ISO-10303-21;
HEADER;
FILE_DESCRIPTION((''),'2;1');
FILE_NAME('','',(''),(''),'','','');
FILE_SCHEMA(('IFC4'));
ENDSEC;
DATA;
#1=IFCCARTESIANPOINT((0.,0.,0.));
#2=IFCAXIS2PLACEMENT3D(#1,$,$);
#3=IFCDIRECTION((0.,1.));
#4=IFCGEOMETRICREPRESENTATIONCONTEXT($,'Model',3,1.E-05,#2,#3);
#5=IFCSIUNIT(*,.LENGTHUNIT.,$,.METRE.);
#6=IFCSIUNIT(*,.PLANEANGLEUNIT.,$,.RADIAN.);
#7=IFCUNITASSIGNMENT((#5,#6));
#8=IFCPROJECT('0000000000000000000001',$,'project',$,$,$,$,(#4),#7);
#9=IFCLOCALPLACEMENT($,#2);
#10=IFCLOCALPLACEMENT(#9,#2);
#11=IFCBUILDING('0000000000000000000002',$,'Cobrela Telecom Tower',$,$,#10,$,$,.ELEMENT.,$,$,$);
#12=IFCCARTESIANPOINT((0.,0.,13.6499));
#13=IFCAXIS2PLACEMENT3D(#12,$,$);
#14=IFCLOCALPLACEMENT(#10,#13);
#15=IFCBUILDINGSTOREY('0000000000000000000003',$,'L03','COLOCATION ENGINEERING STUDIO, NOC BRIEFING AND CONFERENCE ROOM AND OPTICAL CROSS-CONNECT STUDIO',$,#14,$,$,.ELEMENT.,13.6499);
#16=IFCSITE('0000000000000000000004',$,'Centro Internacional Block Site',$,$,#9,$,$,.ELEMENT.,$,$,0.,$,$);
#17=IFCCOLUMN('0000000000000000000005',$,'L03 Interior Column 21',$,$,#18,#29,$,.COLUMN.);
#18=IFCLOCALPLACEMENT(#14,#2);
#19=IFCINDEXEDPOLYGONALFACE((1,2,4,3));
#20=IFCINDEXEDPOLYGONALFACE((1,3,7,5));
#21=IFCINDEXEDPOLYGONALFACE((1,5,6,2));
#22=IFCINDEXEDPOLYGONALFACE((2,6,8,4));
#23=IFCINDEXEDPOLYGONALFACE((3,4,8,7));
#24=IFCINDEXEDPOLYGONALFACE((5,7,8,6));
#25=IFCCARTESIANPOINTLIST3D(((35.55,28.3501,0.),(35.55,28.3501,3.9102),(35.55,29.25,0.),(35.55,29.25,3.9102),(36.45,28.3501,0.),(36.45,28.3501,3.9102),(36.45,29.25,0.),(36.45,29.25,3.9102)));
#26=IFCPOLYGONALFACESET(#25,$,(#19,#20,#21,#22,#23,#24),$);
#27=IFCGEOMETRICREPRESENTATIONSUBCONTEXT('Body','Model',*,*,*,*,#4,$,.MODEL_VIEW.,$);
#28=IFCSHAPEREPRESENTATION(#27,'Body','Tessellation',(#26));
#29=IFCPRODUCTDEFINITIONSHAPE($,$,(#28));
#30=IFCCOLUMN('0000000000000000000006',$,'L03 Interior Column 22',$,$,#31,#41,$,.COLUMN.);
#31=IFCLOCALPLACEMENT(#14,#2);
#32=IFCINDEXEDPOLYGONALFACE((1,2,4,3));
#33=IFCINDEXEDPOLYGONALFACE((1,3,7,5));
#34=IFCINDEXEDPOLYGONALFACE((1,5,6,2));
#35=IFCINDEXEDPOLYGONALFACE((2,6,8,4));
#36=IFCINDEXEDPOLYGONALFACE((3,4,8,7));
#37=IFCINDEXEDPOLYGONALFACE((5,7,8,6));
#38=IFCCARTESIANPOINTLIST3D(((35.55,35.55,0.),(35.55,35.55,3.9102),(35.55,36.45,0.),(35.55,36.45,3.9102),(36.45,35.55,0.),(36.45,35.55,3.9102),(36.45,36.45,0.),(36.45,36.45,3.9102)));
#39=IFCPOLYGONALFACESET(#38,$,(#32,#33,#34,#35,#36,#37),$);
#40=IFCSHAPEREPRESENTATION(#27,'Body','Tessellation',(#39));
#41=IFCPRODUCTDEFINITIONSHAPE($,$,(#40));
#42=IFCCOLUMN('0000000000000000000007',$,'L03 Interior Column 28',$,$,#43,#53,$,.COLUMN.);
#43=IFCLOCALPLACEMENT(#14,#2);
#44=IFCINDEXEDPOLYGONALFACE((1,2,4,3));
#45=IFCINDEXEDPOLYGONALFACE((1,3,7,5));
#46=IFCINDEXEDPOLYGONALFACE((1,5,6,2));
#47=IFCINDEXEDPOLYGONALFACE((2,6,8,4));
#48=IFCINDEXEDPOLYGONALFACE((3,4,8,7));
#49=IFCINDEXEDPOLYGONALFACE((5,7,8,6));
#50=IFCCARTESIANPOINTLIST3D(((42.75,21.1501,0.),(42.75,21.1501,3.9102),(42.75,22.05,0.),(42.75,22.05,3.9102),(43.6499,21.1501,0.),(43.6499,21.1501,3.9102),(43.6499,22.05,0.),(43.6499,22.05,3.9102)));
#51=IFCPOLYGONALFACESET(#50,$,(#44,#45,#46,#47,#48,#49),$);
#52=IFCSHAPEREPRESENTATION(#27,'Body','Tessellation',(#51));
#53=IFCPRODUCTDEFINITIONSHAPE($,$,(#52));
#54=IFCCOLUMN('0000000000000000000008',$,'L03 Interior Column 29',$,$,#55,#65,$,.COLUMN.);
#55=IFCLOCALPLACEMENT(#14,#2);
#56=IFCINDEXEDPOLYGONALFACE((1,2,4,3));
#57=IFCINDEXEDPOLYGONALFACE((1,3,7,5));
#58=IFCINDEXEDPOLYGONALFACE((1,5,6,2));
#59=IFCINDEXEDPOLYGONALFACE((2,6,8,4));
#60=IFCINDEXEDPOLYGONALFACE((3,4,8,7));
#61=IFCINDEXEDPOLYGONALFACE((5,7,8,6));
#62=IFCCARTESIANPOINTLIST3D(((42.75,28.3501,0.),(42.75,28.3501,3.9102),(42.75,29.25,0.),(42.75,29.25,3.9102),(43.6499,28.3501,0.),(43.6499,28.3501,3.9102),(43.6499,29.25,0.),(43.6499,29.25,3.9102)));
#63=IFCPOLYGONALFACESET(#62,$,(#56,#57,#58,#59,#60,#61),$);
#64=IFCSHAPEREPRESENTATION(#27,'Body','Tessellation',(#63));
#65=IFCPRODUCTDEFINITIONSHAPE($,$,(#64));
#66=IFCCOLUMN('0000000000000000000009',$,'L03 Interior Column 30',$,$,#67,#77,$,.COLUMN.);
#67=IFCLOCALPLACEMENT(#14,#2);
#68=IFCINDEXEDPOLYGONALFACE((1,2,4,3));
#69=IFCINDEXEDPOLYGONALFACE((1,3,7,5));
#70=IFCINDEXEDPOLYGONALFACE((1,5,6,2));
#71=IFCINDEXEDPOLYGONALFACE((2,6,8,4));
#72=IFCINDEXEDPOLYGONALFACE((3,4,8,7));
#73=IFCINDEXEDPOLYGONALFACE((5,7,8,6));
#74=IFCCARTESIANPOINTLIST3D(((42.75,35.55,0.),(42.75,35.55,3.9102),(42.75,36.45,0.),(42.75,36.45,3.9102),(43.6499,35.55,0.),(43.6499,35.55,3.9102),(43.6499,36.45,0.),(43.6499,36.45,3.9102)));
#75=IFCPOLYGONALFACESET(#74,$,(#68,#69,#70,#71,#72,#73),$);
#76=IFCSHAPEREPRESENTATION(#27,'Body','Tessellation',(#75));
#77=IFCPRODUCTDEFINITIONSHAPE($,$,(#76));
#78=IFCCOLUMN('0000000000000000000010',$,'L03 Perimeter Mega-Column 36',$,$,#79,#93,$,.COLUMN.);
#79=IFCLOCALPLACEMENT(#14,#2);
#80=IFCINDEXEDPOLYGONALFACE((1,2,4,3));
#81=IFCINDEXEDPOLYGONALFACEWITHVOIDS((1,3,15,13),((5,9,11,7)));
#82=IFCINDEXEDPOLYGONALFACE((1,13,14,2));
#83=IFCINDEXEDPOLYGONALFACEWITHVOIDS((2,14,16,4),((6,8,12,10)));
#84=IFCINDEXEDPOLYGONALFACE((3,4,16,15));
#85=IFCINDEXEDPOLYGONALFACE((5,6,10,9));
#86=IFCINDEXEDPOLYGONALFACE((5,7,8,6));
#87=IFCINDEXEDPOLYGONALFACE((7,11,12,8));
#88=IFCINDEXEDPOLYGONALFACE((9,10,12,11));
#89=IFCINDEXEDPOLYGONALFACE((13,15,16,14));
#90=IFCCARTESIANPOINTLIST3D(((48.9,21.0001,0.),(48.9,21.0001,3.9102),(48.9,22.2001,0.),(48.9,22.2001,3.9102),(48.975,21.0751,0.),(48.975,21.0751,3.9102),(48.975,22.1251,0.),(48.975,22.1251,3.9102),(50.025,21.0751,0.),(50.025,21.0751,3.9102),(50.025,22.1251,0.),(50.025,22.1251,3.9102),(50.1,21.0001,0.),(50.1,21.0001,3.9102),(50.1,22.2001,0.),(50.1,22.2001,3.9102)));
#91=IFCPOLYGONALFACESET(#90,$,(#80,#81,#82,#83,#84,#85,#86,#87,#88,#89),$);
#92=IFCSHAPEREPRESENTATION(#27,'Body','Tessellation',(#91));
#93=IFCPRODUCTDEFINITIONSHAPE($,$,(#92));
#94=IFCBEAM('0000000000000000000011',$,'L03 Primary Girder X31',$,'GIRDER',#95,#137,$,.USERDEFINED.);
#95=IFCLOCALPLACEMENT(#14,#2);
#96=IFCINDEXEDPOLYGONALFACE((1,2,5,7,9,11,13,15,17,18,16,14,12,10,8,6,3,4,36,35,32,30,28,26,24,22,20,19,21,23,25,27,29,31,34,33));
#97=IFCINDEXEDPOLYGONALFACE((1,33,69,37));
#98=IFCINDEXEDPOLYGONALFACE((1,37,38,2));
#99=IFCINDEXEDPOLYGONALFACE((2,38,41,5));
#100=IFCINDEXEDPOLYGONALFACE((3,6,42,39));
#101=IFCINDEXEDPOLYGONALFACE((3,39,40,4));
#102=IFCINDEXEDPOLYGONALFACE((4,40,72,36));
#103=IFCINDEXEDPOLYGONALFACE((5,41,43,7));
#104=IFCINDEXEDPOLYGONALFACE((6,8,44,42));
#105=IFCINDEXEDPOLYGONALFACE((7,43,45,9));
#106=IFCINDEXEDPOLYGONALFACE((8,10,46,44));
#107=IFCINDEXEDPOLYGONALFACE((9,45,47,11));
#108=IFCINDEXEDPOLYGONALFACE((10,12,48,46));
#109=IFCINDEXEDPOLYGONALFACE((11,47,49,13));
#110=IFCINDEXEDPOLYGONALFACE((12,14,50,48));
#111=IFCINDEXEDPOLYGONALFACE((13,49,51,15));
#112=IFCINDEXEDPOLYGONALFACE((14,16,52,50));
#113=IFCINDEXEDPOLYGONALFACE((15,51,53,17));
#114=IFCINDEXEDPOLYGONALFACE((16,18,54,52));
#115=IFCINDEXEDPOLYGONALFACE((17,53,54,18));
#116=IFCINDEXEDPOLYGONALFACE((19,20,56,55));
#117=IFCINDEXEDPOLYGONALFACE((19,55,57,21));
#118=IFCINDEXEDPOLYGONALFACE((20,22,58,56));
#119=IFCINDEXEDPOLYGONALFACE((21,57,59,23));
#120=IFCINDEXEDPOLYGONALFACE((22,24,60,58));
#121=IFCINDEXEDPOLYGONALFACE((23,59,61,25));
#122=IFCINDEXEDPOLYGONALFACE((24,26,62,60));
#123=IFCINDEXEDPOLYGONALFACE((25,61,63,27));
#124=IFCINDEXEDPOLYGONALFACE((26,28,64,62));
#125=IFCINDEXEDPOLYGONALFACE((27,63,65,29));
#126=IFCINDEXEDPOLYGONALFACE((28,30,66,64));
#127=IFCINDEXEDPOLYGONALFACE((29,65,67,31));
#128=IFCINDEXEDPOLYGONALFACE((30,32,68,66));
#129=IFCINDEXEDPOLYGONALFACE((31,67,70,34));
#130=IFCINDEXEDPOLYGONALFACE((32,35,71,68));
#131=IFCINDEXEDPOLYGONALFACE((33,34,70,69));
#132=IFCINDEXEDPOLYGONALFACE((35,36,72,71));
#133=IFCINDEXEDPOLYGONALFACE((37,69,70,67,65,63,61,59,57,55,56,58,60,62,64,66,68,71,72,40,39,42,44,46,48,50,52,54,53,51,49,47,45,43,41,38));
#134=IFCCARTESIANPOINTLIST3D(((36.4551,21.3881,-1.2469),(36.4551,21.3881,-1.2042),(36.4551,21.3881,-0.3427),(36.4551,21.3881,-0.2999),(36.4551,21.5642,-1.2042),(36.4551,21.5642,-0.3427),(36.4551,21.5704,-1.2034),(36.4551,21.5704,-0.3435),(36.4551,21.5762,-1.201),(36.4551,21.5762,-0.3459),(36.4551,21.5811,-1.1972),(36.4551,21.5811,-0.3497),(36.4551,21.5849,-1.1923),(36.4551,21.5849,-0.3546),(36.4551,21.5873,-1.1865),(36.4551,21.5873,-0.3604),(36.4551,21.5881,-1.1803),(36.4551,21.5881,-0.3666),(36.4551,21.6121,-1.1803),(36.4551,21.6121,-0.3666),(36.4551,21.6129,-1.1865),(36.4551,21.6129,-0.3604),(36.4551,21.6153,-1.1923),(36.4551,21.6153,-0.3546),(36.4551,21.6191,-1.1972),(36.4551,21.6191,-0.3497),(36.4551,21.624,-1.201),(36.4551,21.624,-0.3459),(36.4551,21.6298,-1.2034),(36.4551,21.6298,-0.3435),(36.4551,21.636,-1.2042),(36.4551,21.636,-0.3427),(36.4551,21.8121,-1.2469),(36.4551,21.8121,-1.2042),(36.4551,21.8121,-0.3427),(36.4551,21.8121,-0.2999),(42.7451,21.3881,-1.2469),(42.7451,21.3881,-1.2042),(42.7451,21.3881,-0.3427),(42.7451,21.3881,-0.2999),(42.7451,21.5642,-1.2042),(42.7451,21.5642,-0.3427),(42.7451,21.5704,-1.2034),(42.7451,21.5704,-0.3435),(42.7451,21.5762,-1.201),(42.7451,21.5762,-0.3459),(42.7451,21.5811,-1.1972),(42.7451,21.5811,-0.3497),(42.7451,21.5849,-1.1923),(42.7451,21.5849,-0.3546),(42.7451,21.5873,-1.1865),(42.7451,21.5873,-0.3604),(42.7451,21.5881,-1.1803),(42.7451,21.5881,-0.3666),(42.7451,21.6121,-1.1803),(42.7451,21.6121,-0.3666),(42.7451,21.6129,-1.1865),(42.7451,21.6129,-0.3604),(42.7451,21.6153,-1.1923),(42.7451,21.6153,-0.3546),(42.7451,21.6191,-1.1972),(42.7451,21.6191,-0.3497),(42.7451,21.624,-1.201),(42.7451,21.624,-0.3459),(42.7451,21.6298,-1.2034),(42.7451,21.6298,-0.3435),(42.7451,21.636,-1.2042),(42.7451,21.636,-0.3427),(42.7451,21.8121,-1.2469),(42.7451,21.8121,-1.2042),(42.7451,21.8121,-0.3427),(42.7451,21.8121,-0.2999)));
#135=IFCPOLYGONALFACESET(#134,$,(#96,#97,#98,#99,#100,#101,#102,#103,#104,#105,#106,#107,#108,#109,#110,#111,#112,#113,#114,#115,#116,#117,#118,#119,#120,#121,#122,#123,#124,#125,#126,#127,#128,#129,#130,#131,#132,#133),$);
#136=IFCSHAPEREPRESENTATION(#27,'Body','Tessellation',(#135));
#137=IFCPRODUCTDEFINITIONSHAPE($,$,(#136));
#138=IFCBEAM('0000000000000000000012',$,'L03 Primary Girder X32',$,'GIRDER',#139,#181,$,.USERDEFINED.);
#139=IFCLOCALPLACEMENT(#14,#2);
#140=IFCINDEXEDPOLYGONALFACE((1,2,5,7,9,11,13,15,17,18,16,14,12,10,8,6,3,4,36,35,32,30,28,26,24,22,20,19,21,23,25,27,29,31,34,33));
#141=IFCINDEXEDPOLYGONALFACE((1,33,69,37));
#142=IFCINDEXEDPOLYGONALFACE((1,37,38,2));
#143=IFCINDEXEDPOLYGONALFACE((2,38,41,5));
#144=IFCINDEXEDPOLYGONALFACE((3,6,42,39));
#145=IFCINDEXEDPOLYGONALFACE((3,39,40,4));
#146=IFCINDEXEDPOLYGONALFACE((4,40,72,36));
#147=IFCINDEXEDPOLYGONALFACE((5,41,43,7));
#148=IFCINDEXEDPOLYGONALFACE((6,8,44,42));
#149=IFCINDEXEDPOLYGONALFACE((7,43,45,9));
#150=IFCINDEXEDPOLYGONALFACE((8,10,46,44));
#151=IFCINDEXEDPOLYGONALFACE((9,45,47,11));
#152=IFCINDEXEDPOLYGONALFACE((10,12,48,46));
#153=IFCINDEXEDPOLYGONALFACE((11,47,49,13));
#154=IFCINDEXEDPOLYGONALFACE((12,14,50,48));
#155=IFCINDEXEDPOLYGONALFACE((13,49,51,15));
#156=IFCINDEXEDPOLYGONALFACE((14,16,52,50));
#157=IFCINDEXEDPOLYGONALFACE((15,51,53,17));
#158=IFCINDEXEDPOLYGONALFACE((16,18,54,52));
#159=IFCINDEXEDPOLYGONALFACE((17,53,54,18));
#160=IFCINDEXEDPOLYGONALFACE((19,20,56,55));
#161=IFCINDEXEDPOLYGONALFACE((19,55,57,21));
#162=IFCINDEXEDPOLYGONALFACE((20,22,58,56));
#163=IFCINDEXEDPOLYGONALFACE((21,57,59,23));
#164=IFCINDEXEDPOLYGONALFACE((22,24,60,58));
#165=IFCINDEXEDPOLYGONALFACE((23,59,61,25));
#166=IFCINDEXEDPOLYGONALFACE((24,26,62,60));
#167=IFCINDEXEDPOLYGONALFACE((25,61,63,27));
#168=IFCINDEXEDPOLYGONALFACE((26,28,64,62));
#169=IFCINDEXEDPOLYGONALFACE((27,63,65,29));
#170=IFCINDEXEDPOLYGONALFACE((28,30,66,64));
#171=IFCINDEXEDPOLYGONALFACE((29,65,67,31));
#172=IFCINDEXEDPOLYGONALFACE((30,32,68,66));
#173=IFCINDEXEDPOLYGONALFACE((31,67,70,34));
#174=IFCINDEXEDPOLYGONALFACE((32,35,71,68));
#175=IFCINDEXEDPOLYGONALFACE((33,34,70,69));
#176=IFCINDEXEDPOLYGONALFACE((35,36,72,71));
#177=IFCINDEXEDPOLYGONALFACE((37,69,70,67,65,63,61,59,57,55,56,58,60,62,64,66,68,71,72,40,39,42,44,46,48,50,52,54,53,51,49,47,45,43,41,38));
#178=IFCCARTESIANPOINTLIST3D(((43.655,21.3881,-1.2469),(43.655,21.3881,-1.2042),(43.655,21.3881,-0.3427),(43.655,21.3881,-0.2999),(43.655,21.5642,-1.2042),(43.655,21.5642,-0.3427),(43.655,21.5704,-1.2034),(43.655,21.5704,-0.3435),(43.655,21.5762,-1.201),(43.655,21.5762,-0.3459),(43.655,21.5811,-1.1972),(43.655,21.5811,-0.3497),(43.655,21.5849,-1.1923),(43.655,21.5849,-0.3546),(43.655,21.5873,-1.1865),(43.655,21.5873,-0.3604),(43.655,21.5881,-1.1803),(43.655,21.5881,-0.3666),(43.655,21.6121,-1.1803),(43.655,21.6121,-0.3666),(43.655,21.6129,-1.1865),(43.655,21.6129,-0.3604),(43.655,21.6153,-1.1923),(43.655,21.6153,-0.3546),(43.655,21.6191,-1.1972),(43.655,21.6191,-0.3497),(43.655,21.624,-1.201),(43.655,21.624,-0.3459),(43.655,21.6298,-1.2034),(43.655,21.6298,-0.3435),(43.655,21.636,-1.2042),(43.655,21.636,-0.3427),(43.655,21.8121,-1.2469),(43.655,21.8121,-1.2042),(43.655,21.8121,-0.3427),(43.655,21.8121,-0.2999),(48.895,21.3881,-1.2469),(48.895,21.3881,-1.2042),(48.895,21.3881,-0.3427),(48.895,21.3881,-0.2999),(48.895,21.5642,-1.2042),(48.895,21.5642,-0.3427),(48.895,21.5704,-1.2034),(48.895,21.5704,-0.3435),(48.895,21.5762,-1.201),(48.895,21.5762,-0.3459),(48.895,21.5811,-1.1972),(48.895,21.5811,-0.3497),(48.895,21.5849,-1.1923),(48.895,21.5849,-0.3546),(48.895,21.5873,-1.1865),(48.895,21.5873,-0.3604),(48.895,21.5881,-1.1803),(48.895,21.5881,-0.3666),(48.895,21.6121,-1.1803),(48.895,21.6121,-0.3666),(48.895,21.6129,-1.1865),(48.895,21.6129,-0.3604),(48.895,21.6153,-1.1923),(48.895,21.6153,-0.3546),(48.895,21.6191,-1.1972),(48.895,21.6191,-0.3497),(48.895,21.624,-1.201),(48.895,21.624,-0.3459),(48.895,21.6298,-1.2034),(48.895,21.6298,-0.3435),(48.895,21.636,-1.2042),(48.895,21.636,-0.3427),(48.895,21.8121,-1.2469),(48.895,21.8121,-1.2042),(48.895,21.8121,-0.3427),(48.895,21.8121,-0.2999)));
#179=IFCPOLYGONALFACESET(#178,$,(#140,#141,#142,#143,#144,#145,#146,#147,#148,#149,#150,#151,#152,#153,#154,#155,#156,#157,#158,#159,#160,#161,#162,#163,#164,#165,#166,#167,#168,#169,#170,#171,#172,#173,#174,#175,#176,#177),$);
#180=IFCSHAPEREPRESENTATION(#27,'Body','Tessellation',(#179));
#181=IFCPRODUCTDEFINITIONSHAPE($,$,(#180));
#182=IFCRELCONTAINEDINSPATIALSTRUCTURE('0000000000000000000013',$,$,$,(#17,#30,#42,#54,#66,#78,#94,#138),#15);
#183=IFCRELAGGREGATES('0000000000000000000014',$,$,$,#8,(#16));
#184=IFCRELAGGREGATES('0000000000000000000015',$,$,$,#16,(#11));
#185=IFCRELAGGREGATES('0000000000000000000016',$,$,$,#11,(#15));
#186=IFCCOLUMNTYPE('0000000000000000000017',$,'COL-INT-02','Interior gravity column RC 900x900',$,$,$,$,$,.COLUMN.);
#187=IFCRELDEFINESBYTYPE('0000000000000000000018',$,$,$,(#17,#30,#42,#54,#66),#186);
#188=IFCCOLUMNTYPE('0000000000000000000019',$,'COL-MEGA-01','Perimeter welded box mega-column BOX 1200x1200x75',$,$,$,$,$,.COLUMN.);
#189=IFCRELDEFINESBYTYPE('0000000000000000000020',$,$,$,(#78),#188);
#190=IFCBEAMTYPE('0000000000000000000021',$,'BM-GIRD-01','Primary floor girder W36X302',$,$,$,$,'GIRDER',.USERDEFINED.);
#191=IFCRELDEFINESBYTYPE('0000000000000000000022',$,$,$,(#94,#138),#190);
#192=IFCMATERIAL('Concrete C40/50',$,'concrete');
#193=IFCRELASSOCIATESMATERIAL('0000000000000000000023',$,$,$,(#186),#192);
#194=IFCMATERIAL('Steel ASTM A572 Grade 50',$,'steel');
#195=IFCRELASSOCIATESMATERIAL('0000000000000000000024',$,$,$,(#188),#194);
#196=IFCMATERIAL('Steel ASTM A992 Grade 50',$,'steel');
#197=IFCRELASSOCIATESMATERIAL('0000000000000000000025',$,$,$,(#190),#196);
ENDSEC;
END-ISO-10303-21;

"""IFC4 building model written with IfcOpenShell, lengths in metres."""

from ifc_helpers import new_model, si_unit, direction, frame, origin, origin_2d, place, context, subcontext, project, spatial, rectangle, hollow_rectangle, i_section, extrude, material, material_profile, profile_set, type_object, element, save


model = new_model("IFC4")

# Units and contexts
model_context = context("Model", 3, precision=1e-05, world=origin(), true_north=direction((0.0, 1.0)))
body_context = subcontext(model_context, "Body", "Model", "MODEL_VIEW")
ifc_project = project(units=[si_unit("LENGTHUNIT", "METRE"), si_unit("PLANEANGLEUNIT", "RADIAN")], contexts=[model_context])

# Site, building, storey
site_placement = place(None, origin())
site = spatial("IfcSite", under=ifc_project, at=site_placement, Name="Centro Internacional Block Site", CompositionType="ELEMENT", RefElevation=0.0)
building_placement = place(site_placement, origin())
building = spatial("IfcBuilding", under=site, at=building_placement, Name="Cobrela Telecom Tower", CompositionType="ELEMENT")
storey_placement = place(building_placement, frame((0.0, 0.0, 13.6499)))
storey = spatial("IfcBuildingStorey", under=building, at=storey_placement, Name="L03", Description="COLOCATION ENGINEERING STUDIO, NOC BRIEFING AND CONFERENCE ROOM AND OPTICAL CROSS-CONNECT STUDIO", CompositionType="ELEMENT", Elevation=13.6499)

# Columns
ifc_material_1 = material(Name="Concrete C40/50", Category="concrete")
ifc_material_profile_1 = material_profile(ifc_material_1, rectangle(XDim=0.8999, YDim=0.8999, at=origin_2d()), Name="RC 900x900")
ifc_profile_set_1 = profile_set([ifc_material_profile_1], Name="Concrete C40/50")
column_type_1 = type_object("IfcColumnType", Name="COL-INT-02", Description="Interior gravity column RC 900x900", PredefinedType="COLUMN", material=ifc_profile_set_1)
for number, where, z_axis, x_axis, name in (
    (1, (36.0, 28.8, 0.0), (0.0, 0.0, 1.0), (1.0, 0.0, 0.0), "L03 Interior Column 21"),
    (2, (36.0, 36.0, 0.0), (0.0, 0.0, 1.0), (1.0, 0.0, 0.0), "L03 Interior Column 22"),
    (3, (43.2, 21.6001, 0.0), (0.0, 0.0, 1.0), (1.0, 0.0, 0.0), "L03 Interior Column 28"),
    (4, (43.2, 28.8, 0.0), (0.0, 0.0, 1.0), (1.0, 0.0, 0.0), "L03 Interior Column 29"),
    (5, (43.2, 36.0, 0.0), (0.0, 0.0, 1.0), (1.0, 0.0, 0.0), "L03 Interior Column 30"),
):
    element("IfcColumn", number, at=place(storey_placement, frame(where, z_axis=z_axis, x_axis=x_axis)), inside=storey, type_object=column_type_1, Name=name, PredefinedType="COLUMN", context=body_context, shape_type="SweptSolid", body=[
        extrude(rectangle(XDim=0.8999, YDim=0.8999, at=origin_2d()), origin(), (0.0, 0.0, 1.0), 3.9102),
    ])
ifc_material_2 = material(Name="Steel ASTM A572 Grade 50", Category="steel")
ifc_material_profile_2 = material_profile(ifc_material_2, hollow_rectangle(XDim=1.2, YDim=1.2, WallThickness=0.075, at=origin_2d()), Name="BOX 1200x1200x75")
ifc_profile_set_2 = profile_set([ifc_material_profile_2], Name="Steel ASTM A572 Grade 50")
column_type_2 = type_object("IfcColumnType", Name="COL-MEGA-01", Description="Perimeter welded box mega-column BOX 1200x1200x75", PredefinedType="COLUMN", material=ifc_profile_set_2)
column_placement = place(storey_placement, frame((49.5, 21.6001, 0.0), z_axis=(0.0, 0.0, 1.0), x_axis=(1.0, 0.0, 0.0)))
element("IfcColumn", 6, at=column_placement, inside=storey, type_object=column_type_2, Name="L03 Perimeter Mega-Column 36", PredefinedType="COLUMN", context=body_context, shape_type="SweptSolid", body=[
    extrude(hollow_rectangle(XDim=1.2, YDim=1.2, WallThickness=0.075, at=origin_2d()), origin(), (0.0, 0.0, 1.0), 3.9102),
])

# Beams
ifc_material_3 = material(Name="Steel ASTM A992 Grade 50", Category="steel")
ifc_material_profile_3 = material_profile(ifc_material_3, i_section(OverallWidth=0.4241, OverallDepth=0.947, WebThickness=0.0239, FlangeThickness=0.0427, FilletRadius=0.0239, at=origin_2d()), Name="W36X302")
ifc_profile_set_3 = profile_set([ifc_material_profile_3], Name="Steel ASTM A992 Grade 50")
beam_type_1 = type_object("IfcBeamType", Name="BM-GIRD-01", Description="Primary floor girder W36X302", ElementType="GIRDER", PredefinedType="USERDEFINED", material=ifc_profile_set_3)
beam_1_placement = place(storey_placement, frame((36.4551, 21.6001, -0.7734), z_axis=(1.0, 0.0, 0.0), x_axis=(0.0, 1.0, 0.0)))
element("IfcBeam", 7, at=beam_1_placement, inside=storey, type_object=beam_type_1, Name="L03 Primary Girder X31", ObjectType="GIRDER", PredefinedType="USERDEFINED", context=body_context, shape_type="SweptSolid", body=[
    extrude(i_section(OverallWidth=0.4241, OverallDepth=0.947, WebThickness=0.0239, FlangeThickness=0.0427, FilletRadius=0.0239, at=origin_2d()), origin(), (0.0, 0.0, 1.0), 6.29),
])
beam_2_placement = place(storey_placement, frame((43.655, 21.6001, -0.7734), z_axis=(1.0, 0.0, 0.0), x_axis=(0.0, 1.0, 0.0)))
element("IfcBeam", 8, at=beam_2_placement, inside=storey, type_object=beam_type_1, Name="L03 Primary Girder X32", ObjectType="GIRDER", PredefinedType="USERDEFINED", context=body_context, shape_type="SweptSolid", body=[
    extrude(i_section(OverallWidth=0.4241, OverallDepth=0.947, WebThickness=0.0239, FlangeThickness=0.0427, FilletRadius=0.0239, at=origin_2d()), origin(), (0.0, 0.0, 1.0), 5.24),
])

save(model, "model.ifc")
